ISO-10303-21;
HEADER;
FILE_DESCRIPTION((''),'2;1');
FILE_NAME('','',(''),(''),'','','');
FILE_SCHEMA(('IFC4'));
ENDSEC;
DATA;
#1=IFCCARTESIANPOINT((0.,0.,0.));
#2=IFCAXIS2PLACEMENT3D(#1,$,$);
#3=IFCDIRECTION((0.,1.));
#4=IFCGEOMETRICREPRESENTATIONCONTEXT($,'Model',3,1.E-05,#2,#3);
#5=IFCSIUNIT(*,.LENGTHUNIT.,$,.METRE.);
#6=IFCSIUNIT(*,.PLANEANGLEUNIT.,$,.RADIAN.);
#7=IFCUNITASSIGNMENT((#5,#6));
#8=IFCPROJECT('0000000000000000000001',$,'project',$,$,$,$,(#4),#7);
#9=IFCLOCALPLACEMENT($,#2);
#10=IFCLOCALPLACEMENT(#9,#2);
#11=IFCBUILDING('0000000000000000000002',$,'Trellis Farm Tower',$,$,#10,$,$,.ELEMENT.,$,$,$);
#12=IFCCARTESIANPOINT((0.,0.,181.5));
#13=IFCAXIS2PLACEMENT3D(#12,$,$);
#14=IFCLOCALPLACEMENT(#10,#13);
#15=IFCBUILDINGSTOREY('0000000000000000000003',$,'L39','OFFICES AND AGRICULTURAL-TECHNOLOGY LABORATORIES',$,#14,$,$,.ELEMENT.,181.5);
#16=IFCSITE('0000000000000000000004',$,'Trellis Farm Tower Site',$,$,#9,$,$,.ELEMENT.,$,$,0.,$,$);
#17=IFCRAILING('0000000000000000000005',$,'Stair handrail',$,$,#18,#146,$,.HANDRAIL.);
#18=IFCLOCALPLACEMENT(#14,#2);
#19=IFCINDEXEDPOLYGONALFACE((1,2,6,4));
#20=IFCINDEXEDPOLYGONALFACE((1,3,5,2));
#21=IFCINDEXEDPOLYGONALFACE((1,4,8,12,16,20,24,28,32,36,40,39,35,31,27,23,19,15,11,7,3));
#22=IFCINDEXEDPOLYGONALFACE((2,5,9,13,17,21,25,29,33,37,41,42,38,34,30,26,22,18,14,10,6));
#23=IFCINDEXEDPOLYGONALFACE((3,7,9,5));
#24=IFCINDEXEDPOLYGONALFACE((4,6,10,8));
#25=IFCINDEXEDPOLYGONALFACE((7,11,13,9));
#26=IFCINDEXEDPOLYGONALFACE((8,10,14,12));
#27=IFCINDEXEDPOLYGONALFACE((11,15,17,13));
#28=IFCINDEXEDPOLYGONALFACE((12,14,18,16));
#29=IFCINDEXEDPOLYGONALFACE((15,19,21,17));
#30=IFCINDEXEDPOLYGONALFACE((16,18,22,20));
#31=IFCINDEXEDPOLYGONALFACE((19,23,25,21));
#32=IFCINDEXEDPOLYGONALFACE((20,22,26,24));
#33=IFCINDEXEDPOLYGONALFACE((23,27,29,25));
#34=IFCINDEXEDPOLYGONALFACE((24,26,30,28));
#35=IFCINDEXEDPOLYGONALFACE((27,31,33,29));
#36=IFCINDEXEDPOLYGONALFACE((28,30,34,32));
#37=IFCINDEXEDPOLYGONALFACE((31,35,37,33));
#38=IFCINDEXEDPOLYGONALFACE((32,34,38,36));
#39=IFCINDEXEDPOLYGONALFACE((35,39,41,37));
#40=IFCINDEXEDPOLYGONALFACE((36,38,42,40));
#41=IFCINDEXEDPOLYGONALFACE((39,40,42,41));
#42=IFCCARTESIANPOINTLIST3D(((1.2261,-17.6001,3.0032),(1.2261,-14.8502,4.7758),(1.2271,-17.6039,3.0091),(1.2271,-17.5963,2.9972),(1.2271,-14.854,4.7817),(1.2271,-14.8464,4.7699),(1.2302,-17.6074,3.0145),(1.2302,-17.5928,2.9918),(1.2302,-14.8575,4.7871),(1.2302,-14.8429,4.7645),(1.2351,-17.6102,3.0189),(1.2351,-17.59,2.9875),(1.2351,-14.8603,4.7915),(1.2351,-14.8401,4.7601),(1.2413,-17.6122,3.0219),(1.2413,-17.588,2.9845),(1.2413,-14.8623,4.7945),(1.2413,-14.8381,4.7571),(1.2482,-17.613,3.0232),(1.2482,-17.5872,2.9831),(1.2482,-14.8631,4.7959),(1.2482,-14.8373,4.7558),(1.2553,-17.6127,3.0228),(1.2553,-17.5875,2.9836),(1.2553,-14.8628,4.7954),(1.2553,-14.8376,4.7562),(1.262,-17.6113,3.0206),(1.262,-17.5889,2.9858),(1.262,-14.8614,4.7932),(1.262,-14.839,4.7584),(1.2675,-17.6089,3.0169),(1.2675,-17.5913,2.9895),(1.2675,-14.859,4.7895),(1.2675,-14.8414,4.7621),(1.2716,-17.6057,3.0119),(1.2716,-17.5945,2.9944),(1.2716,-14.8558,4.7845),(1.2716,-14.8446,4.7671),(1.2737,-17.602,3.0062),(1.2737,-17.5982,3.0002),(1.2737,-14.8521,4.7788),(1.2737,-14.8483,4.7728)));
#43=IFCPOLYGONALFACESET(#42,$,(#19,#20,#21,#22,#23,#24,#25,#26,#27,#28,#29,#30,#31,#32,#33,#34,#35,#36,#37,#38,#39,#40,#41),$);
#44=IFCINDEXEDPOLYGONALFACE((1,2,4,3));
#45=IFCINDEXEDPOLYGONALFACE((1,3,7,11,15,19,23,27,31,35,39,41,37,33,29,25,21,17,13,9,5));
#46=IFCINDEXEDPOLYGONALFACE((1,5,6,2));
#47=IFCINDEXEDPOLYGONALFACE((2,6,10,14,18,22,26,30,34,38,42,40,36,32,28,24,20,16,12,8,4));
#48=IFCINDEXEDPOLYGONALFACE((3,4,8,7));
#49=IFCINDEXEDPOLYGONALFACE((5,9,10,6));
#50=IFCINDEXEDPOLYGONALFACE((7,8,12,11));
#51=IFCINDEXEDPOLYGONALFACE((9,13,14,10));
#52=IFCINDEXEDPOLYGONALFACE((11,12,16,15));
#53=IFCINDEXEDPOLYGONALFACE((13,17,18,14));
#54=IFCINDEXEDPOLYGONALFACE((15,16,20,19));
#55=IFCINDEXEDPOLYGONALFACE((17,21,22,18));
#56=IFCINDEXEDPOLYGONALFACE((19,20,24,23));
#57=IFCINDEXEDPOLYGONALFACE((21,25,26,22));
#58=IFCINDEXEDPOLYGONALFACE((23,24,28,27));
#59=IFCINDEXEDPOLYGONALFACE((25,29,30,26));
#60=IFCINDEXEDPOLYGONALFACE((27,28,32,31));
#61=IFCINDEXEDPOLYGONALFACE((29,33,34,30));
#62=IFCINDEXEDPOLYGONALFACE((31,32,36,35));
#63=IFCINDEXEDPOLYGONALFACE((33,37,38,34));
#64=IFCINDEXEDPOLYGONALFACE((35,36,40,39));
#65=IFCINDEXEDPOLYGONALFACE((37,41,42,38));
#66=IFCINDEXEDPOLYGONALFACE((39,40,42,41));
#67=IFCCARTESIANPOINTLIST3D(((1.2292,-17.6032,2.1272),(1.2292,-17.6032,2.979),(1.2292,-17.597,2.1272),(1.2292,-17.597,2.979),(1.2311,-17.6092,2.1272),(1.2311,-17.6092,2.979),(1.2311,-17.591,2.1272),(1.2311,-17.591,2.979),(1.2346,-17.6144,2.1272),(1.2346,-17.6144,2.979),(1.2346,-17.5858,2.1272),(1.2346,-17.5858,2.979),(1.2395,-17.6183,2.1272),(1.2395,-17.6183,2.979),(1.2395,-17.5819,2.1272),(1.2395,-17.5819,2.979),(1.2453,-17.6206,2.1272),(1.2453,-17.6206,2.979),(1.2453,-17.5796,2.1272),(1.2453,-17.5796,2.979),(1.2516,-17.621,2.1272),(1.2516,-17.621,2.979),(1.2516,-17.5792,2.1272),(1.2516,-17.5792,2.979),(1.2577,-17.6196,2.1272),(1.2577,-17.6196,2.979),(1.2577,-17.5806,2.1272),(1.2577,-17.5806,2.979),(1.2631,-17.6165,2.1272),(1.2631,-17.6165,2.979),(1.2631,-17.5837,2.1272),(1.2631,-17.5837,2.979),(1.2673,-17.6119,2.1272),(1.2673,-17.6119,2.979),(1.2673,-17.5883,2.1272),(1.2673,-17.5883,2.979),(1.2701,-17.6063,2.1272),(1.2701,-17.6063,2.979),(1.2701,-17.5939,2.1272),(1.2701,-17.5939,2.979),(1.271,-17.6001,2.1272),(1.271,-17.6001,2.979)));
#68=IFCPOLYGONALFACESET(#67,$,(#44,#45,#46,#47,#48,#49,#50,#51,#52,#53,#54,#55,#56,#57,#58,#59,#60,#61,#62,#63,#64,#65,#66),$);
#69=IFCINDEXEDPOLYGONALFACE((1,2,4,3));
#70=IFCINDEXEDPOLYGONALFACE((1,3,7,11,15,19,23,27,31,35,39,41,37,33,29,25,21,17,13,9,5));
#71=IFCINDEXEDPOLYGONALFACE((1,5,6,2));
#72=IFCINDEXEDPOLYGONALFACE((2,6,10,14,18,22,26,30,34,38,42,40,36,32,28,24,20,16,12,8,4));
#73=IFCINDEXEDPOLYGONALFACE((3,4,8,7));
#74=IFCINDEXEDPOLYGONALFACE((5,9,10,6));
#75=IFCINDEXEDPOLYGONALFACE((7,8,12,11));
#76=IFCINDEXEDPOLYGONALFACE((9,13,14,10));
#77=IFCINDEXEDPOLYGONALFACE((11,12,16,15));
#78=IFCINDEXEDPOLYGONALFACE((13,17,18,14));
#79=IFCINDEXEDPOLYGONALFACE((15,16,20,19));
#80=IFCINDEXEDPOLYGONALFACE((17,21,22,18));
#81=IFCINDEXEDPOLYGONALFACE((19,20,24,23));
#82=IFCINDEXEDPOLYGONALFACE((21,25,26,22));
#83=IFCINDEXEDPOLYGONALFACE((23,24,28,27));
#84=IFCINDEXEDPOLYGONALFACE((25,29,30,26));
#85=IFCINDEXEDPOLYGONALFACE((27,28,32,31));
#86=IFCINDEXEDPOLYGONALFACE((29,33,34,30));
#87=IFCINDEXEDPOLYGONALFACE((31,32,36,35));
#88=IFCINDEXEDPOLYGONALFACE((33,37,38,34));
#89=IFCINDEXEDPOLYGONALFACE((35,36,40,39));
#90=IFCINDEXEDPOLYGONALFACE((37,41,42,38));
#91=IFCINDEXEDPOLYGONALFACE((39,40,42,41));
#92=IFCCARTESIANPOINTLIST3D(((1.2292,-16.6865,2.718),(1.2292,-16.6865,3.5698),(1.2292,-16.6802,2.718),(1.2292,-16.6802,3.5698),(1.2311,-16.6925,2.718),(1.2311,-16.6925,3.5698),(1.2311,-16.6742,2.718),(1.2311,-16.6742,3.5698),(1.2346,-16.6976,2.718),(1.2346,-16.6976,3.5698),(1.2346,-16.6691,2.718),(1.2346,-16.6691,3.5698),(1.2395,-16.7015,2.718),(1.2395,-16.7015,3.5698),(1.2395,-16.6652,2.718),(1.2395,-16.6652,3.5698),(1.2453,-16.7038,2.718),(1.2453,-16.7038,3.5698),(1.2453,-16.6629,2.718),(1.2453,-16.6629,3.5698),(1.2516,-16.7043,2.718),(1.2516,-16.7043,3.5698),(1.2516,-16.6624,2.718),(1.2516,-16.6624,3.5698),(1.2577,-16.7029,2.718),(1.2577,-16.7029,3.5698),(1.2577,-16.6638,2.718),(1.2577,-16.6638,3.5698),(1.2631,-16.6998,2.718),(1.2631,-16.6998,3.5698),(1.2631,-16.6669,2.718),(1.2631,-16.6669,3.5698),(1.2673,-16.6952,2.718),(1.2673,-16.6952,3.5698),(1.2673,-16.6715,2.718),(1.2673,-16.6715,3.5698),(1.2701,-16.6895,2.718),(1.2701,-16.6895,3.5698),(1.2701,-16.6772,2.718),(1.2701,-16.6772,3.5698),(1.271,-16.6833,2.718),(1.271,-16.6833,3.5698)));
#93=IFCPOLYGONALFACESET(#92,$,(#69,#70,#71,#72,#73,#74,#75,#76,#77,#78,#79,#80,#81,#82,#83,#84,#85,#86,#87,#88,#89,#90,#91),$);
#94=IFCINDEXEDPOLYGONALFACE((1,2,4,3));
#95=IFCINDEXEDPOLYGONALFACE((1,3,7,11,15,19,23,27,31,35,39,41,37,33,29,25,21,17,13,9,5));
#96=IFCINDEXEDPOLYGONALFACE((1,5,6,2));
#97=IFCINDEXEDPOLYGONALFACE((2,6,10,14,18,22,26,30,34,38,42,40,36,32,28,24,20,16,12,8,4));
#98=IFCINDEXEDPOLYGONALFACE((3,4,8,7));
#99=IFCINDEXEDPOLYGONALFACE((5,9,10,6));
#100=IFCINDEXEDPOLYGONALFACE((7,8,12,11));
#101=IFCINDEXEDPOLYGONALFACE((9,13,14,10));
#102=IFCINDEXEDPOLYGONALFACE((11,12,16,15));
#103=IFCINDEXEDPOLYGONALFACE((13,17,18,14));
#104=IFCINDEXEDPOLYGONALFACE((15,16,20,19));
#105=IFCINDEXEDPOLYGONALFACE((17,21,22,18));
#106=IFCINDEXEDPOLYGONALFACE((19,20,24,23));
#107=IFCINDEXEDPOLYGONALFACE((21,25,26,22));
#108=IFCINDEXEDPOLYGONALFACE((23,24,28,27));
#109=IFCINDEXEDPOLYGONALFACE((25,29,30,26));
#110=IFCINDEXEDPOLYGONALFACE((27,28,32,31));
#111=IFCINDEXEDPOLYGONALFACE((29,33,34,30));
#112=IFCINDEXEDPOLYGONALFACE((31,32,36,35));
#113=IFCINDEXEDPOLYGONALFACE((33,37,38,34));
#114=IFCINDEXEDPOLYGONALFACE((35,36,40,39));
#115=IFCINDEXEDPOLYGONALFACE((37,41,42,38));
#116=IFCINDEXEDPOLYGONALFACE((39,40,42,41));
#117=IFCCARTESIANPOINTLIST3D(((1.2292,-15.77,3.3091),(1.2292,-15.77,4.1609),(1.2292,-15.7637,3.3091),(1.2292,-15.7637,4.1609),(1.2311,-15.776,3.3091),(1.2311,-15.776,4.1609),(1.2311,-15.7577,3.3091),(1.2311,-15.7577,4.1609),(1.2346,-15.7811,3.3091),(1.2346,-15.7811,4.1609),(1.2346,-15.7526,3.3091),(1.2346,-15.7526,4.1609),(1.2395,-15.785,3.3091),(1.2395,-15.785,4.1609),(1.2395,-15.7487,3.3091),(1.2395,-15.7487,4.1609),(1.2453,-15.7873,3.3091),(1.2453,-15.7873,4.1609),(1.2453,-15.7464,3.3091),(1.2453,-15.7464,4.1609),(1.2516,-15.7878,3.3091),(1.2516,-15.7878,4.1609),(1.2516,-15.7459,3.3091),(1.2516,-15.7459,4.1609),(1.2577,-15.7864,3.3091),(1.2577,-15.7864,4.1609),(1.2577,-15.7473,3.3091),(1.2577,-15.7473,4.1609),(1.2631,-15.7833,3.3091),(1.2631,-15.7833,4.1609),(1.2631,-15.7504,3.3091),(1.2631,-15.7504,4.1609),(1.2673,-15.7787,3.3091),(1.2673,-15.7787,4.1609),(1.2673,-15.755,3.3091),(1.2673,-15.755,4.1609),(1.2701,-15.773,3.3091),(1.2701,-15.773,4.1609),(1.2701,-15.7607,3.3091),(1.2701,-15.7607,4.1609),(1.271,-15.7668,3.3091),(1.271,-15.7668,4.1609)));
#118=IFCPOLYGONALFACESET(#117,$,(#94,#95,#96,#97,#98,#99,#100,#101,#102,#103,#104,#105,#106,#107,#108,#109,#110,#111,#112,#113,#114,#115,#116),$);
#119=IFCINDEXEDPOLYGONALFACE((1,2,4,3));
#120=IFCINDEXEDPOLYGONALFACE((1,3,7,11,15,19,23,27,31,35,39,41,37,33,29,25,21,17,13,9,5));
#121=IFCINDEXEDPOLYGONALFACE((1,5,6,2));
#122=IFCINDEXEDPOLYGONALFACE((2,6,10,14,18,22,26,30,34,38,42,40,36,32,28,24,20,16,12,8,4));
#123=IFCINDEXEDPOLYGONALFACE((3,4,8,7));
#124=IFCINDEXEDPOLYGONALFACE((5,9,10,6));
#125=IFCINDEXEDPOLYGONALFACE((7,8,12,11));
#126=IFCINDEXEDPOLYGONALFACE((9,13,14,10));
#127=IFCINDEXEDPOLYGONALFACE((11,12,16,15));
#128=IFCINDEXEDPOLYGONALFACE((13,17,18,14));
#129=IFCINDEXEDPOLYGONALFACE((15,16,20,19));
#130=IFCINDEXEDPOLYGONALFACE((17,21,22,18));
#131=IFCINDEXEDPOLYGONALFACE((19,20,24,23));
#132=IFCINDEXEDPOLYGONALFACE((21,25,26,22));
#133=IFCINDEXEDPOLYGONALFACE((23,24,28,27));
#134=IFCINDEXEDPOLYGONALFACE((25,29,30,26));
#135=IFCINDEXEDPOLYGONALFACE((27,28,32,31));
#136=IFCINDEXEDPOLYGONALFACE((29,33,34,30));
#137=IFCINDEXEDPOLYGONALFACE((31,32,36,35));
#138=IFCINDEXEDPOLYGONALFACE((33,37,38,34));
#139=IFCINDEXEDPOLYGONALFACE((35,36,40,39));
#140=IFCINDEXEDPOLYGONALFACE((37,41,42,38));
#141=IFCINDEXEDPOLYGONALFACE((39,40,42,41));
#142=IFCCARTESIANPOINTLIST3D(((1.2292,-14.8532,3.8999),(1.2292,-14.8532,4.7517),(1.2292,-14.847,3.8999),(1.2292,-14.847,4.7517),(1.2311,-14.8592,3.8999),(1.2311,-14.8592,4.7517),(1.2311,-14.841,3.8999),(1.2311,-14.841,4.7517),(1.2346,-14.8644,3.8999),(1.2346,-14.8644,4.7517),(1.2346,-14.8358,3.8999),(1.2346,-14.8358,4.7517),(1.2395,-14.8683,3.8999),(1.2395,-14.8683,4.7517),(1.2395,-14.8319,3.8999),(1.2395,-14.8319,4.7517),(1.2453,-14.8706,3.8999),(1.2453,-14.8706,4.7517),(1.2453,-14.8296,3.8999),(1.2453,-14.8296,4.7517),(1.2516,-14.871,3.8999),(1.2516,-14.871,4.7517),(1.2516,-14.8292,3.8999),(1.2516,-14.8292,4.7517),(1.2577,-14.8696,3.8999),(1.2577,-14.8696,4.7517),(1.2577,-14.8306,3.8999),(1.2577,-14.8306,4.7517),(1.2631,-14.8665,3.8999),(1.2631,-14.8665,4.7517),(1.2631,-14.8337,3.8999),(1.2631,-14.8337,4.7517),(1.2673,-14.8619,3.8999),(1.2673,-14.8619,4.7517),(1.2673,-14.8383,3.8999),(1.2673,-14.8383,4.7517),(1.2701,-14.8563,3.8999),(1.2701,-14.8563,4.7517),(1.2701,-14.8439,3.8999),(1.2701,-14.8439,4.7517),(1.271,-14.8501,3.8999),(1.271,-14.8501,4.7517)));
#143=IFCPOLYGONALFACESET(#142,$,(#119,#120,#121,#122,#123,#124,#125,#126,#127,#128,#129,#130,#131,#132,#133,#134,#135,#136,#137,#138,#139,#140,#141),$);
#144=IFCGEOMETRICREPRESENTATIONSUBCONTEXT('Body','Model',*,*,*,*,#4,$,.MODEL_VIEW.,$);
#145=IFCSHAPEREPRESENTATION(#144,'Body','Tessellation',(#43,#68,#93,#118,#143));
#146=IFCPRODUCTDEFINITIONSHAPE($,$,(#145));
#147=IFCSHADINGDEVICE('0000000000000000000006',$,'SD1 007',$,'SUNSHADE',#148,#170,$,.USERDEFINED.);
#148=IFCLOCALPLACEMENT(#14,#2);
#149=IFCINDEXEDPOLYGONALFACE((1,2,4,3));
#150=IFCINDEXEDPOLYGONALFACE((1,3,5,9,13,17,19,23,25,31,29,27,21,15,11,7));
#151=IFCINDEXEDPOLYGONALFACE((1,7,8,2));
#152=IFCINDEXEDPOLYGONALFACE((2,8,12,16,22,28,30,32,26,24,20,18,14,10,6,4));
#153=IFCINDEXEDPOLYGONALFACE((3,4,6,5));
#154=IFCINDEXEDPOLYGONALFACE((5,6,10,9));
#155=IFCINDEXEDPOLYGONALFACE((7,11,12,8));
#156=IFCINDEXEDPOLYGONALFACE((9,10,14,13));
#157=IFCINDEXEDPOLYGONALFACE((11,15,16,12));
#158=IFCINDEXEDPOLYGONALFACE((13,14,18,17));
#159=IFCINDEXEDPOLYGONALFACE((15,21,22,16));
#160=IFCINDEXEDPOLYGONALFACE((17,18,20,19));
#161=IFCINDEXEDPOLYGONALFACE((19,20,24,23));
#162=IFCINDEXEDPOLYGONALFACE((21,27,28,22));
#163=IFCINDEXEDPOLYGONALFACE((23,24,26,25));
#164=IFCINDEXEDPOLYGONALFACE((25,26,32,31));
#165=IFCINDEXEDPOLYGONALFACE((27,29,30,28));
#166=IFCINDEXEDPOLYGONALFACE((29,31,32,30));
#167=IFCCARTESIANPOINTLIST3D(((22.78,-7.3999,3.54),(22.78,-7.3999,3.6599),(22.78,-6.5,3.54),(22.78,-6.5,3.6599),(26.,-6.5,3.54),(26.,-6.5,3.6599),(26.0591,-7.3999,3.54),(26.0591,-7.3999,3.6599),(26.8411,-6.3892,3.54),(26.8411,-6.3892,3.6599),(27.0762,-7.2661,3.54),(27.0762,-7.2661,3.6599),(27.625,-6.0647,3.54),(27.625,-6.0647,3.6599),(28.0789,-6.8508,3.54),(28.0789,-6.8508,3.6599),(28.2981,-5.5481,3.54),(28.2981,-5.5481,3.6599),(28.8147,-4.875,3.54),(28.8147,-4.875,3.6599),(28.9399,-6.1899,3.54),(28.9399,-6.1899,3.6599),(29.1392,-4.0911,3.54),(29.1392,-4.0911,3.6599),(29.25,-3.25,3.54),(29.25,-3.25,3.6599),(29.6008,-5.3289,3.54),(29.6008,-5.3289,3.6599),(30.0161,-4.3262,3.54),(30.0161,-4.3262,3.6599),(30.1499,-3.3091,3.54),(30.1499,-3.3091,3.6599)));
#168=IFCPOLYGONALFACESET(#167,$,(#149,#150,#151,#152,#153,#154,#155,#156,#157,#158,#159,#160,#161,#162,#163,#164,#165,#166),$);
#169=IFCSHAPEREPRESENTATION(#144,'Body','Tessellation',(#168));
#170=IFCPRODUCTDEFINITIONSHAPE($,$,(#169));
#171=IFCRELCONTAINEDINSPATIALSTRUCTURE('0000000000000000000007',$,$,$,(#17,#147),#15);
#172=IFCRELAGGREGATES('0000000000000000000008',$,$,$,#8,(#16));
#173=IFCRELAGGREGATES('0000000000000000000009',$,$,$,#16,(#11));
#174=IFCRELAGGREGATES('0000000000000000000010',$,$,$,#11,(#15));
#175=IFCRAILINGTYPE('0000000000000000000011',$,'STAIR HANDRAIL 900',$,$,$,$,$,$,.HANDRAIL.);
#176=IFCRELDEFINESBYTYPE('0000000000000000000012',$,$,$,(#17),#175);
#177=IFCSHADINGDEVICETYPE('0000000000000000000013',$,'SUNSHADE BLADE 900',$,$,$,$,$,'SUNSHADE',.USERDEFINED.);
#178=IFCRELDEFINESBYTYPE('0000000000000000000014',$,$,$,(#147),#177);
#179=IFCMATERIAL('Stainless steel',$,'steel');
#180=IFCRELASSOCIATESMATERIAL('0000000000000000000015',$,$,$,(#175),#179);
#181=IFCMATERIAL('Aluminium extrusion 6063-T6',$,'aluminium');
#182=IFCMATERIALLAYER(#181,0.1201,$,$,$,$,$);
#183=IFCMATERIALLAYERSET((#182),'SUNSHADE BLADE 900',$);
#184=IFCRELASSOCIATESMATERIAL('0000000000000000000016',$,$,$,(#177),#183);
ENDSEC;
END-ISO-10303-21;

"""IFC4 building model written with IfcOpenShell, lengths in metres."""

from ifc_helpers import new_model, si_unit, direction, frame, origin, origin_2d, place, context, subcontext, project, spatial, polyline, circle, outline, extrude, source, transform, mapped, material, layer, layer_set, type_object, element, save


model = new_model("IFC4")

# Units and contexts
model_context = context("Model", 3, precision=1e-05, world=origin(), true_north=direction((0.0, 1.0)))
body_context = subcontext(model_context, "Body", "Model", "MODEL_VIEW")
ifc_project = project(units=[si_unit("LENGTHUNIT", "METRE"), si_unit("PLANEANGLEUNIT", "RADIAN")], contexts=[model_context])

# Site, building, storey
site_placement = place(None, origin())
site = spatial("IfcSite", under=ifc_project, at=site_placement, Name="Trellis Farm Tower Site", CompositionType="ELEMENT", RefElevation=0.0)
building_placement = place(site_placement, origin())
building = spatial("IfcBuilding", under=site, at=building_placement, Name="Trellis Farm Tower", CompositionType="ELEMENT")
storey_placement = place(building_placement, frame((0.0, 0.0, 181.5)))
storey = spatial("IfcBuildingStorey", under=building, at=storey_placement, Name="L39", Description="OFFICES AND AGRICULTURAL-TECHNOLOGY LABORATORIES", CompositionType="ELEMENT", Elevation=181.5)

# Railing
ifc_material_1 = material(Name="Stainless steel", Category="steel")
railing_type = type_object("IfcRailingType", Name="STAIR HANDRAIL 900", PredefinedType="HANDRAIL", material=ifc_material_1)
shared_shape_1 = source(origin(), body_context, "Body", "SweptSolid", [
    extrude(circle(Radius=0.0239, at=origin_2d()), frame((0.0, 0.0, 0.876), z_axis=(0.0, 0.840504, 0.541806), x_axis=(-1.0, 0.0, 0.0)), (0.0, 0.0, 1.0), 3.2717),
    extrude(circle(Radius=0.021, at=origin_2d()), origin(), (0.0, 0.0, 1.0), 0.8518),
    extrude(circle(Radius=0.021, at=origin_2d()), frame((0.0, 0.9167, 0.5908)), (0.0, 0.0, 1.0), 0.8518),
    extrude(circle(Radius=0.021, at=origin_2d()), frame((0.0, 1.8333, 1.1819)), (0.0, 0.0, 1.0), 0.8518),
    extrude(circle(Radius=0.021, at=origin_2d()), frame((0.0, 2.75, 1.7727)), (0.0, 0.0, 1.0), 0.8518),
])
railing_placement = place(storey_placement, frame((1.25, -17.6001, 2.1272)))
element("IfcRailing", 1, at=railing_placement, inside=storey, type_object=railing_type, Name="Stair handrail", PredefinedType="HANDRAIL", context=body_context, shape_type="MappedRepresentation", body=[
    mapped(shared_shape_1, transform((0.0, 0.0, 0.0))),
])

# Shading device
ifc_material_2 = material(Name="Aluminium extrusion 6063-T6", Category="aluminium")
ifc_layer_1 = layer(ifc_material_2, 0.1201)
ifc_layer_set_1 = layer_set([ifc_layer_1], Name="SUNSHADE BLADE 900")
shading_device_type = type_object("IfcShadingDeviceType", Name="SUNSHADE BLADE 900", ElementType="SUNSHADE", PredefinedType="USERDEFINED", material=ifc_layer_set_1)
shared_shape_2 = source(origin(), body_context, "Body", "SweptSolid", [
    extrude(outline(polyline([(22.78, -7.3999), (26.0591, -7.3999), (27.0762, -7.2661), (28.0789, -6.8508), (28.9399, -6.1899), (29.6008, -5.3289), (30.0161, -4.3262), (30.1499, -3.3091), (29.25, -3.25), (29.1392, -4.0911), (28.8147, -4.875), (28.2981, -5.5481), (27.625, -6.0647), (26.8411, -6.3892), (26.0, -6.5), (22.78, -6.5), (22.78, -7.3999)])), origin(), (0.0, 0.0, 1.0), 0.1199),
])
shading_device_placement = place(storey_placement, frame((0.0, 0.0, 3.54)))
element("IfcShadingDevice", 2, at=shading_device_placement, inside=storey, type_object=shading_device_type, Name="SD1 007", ObjectType="SUNSHADE", PredefinedType="USERDEFINED", context=body_context, shape_type="MappedRepresentation", body=[
    mapped(shared_shape_2, transform((0.0, 0.0, 0.0))),
])

save(model, "model.ifc")
